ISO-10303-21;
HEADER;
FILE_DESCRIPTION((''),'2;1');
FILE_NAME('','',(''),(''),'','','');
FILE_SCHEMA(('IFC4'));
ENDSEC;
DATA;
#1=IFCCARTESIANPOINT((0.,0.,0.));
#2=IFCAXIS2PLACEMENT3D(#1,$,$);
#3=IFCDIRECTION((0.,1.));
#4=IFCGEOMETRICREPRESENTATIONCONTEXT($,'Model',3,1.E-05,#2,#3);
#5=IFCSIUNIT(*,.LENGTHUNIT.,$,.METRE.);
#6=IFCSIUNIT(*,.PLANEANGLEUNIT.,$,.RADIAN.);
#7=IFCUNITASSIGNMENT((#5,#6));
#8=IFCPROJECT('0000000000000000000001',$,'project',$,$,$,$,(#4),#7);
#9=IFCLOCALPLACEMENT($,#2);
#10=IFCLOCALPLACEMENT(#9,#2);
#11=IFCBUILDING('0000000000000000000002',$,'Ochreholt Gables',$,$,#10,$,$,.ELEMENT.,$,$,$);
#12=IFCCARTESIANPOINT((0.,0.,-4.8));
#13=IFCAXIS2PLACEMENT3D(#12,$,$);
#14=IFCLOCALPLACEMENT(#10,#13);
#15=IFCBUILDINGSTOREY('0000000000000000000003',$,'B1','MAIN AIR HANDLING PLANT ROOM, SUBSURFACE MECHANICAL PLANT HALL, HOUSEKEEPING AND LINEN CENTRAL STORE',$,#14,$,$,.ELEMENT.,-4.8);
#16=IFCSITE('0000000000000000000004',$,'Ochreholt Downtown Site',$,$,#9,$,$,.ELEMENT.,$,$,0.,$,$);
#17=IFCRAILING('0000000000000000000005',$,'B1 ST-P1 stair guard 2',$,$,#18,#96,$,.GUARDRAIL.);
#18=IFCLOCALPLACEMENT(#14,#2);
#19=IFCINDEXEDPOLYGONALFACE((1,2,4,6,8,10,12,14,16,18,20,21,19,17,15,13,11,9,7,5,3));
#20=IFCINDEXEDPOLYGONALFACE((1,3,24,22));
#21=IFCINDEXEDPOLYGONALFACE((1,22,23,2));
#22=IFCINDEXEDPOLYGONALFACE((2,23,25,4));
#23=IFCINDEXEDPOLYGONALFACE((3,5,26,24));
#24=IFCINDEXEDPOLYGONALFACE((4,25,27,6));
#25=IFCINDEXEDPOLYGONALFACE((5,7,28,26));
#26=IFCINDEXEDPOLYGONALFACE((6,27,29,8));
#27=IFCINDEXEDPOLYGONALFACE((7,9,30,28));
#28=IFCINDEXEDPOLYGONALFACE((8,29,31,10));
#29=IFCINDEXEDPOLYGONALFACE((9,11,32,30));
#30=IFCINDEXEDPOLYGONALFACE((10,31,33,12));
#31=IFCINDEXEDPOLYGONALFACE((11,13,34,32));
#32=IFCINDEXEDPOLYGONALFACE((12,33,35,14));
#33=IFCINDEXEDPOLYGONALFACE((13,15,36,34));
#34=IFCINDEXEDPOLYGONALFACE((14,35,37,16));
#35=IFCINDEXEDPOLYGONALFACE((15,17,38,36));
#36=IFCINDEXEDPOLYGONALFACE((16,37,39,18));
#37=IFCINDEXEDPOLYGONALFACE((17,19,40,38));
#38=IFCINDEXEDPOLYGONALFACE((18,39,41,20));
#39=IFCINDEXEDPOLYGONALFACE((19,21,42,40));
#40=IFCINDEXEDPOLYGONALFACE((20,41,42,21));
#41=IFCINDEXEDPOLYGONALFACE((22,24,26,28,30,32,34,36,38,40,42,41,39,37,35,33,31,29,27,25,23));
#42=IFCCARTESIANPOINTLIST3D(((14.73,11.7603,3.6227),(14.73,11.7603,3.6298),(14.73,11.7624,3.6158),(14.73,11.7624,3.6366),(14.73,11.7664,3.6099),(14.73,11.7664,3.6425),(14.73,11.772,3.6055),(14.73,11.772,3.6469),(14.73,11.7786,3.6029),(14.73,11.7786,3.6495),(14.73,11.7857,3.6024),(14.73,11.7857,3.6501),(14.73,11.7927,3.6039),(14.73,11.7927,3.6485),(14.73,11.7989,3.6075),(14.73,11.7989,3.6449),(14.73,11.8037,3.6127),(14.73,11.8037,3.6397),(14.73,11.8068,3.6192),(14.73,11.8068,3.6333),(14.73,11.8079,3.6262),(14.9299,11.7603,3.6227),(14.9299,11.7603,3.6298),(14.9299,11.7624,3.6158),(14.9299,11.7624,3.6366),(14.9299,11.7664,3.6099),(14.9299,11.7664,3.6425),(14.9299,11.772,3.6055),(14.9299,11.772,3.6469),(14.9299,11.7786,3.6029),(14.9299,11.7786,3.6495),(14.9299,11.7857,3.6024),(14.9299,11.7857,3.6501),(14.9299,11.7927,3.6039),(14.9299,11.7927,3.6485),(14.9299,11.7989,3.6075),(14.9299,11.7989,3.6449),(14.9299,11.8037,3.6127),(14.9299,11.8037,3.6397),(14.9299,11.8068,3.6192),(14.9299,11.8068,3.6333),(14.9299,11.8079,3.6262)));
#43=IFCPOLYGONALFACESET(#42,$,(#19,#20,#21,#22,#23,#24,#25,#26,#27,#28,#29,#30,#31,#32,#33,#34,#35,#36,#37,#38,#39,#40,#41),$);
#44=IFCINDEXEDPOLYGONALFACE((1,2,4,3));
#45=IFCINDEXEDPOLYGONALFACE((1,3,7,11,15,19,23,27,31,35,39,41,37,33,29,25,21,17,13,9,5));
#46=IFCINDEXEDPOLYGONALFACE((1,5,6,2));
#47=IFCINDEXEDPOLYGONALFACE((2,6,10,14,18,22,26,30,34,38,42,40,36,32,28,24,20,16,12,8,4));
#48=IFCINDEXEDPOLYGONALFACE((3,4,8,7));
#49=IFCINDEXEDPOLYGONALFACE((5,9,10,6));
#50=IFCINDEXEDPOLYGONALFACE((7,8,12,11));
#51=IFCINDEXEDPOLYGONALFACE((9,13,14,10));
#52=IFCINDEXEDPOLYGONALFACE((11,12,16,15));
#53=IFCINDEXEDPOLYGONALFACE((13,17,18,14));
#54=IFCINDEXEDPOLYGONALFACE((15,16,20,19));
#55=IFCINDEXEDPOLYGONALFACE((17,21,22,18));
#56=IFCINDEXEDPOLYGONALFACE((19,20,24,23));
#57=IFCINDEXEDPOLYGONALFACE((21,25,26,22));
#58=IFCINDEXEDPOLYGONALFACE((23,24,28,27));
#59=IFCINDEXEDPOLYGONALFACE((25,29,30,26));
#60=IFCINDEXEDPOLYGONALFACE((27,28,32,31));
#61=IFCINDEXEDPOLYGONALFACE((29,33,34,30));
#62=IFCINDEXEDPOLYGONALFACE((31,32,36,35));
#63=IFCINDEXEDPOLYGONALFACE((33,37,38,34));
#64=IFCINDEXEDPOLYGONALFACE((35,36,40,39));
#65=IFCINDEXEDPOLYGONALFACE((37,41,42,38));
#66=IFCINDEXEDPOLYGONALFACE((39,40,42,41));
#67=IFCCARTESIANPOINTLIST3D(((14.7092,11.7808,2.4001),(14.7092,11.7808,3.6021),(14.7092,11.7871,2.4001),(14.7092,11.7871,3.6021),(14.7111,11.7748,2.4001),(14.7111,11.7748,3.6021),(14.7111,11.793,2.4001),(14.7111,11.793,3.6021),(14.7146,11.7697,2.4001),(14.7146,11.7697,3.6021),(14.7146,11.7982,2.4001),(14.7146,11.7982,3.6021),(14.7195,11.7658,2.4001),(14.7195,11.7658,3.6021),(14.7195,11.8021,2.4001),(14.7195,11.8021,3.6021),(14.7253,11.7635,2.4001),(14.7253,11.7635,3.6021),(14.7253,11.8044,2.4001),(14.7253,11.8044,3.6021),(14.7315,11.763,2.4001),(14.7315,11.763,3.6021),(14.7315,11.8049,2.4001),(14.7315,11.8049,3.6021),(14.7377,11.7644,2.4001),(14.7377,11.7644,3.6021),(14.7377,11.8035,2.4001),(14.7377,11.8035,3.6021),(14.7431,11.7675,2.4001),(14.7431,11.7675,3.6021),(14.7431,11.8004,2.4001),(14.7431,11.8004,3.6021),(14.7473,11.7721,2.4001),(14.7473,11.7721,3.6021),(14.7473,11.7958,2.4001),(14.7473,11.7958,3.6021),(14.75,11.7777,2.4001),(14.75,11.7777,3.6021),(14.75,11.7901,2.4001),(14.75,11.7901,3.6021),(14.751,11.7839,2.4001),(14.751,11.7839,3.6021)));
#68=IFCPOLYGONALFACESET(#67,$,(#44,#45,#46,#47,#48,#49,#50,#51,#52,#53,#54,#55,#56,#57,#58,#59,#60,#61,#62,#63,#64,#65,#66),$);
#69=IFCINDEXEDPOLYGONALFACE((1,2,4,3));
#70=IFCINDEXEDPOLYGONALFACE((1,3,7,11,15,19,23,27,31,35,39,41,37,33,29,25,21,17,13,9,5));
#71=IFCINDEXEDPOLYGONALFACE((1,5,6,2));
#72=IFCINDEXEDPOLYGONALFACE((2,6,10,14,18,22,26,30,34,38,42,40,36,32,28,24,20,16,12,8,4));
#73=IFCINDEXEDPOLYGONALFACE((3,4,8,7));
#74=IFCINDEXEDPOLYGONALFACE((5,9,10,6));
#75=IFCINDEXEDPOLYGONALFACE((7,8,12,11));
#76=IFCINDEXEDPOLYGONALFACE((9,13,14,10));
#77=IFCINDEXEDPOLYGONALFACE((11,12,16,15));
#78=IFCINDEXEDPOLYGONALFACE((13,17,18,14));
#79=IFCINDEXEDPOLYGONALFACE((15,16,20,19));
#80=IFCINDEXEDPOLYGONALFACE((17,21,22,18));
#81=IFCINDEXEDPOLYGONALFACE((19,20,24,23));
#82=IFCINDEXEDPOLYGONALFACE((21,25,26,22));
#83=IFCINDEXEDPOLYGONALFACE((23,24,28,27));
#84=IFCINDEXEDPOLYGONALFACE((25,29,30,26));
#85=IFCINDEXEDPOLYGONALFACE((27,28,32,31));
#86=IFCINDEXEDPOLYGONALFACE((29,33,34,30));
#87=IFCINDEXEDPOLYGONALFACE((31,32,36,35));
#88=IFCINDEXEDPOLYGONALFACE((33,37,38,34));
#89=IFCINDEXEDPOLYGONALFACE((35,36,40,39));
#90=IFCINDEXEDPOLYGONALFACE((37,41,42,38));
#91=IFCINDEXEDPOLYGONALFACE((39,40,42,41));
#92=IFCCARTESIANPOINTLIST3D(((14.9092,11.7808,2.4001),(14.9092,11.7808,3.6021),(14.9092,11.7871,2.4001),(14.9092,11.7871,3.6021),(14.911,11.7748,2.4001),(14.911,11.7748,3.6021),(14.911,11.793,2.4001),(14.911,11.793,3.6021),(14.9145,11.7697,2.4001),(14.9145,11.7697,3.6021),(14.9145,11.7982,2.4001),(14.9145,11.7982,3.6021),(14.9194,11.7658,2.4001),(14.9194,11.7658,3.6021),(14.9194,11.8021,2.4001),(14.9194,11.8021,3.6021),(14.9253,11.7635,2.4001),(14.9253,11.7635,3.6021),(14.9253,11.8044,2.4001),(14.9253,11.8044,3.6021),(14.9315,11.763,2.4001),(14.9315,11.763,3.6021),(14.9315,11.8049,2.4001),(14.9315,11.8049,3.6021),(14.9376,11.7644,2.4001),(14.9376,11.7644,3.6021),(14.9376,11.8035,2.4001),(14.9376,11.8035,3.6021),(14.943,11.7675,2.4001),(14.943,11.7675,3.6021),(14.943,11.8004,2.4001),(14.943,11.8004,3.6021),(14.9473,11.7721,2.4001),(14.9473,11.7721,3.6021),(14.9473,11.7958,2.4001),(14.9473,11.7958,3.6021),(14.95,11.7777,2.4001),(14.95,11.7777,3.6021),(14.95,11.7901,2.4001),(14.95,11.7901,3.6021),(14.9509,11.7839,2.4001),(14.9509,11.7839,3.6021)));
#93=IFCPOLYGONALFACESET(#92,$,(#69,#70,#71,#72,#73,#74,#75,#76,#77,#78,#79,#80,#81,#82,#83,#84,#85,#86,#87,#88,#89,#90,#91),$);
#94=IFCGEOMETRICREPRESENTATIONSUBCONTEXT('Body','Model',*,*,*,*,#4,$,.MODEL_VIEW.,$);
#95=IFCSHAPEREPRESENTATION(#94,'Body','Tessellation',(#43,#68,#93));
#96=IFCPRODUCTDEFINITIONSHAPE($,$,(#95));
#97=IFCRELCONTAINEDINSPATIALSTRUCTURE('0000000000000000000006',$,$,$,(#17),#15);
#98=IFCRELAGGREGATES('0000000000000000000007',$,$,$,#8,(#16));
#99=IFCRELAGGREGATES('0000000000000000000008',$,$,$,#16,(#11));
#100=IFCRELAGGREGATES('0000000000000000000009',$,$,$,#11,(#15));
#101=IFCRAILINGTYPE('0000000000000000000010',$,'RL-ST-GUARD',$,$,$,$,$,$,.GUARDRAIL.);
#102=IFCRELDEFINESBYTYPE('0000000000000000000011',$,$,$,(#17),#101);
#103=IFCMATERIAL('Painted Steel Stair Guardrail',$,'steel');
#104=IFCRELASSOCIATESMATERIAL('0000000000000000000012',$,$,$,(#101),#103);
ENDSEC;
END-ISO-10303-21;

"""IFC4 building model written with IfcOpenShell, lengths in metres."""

from ifc_helpers import new_model, si_unit, direction, frame, origin, origin_2d, place, context, subcontext, project, spatial, circle, extrude, material, type_object, element, save


model = new_model("IFC4")

# Units and contexts
model_context = context("Model", 3, precision=1e-05, world=origin(), true_north=direction((0.0, 1.0)))
body_context = subcontext(model_context, "Body", "Model", "MODEL_VIEW")
ifc_project = project(units=[si_unit("LENGTHUNIT", "METRE"), si_unit("PLANEANGLEUNIT", "RADIAN")], contexts=[model_context])

# Site, building, storey
site_placement = place(None, origin())
site = spatial("IfcSite", under=ifc_project, at=site_placement, Name="Ochreholt Downtown Site", CompositionType="ELEMENT", RefElevation=0.0)
building_placement = place(site_placement, origin())
building = spatial("IfcBuilding", under=site, at=building_placement, Name="Ochreholt Gables", CompositionType="ELEMENT")
storey_placement = place(building_placement, frame((0.0, 0.0, -4.8)))
storey = spatial("IfcBuildingStorey", under=building, at=storey_placement, Name="B1", Description="MAIN AIR HANDLING PLANT ROOM, SUBSURFACE MECHANICAL PLANT HALL, HOUSEKEEPING AND LINEN CENTRAL STORE", CompositionType="ELEMENT", Elevation=-4.8)

# Railing
ifc_material_1 = material(Name="Painted Steel Stair Guardrail", Category="steel")
railing_type_1 = type_object("IfcRailingType", Name="RL-ST-GUARD", PredefinedType="GUARDRAIL", material=ifc_material_1)
railing_1_placement = place(storey_placement, frame((14.73, 11.7839, 2.4001)))
element("IfcRailing", 1, at=railing_1_placement, inside=storey, type_object=railing_type_1, Name="B1 ST-P1 stair guard 2", PredefinedType="GUARDRAIL", context=body_context, shape_type="SweptSolid", body=[
    extrude(circle(Radius=0.0239, at=origin_2d()), frame((0.0, 0.0, 1.2261), z_axis=(1.0, 0.0, 0.0), x_axis=(0.0, 1.0, 0.0)), (0.0, 0.0, 1.0), 0.2),
    extrude(circle(Radius=0.021, at=origin_2d()), origin(), (0.0, 0.0, 1.0), 1.2019),
    extrude(circle(Radius=0.021, at=origin_2d()), frame((0.2, 0.0, 0.0)), (0.0, 0.0, 1.0), 1.2019),
])

save(model, "model.ifc")
